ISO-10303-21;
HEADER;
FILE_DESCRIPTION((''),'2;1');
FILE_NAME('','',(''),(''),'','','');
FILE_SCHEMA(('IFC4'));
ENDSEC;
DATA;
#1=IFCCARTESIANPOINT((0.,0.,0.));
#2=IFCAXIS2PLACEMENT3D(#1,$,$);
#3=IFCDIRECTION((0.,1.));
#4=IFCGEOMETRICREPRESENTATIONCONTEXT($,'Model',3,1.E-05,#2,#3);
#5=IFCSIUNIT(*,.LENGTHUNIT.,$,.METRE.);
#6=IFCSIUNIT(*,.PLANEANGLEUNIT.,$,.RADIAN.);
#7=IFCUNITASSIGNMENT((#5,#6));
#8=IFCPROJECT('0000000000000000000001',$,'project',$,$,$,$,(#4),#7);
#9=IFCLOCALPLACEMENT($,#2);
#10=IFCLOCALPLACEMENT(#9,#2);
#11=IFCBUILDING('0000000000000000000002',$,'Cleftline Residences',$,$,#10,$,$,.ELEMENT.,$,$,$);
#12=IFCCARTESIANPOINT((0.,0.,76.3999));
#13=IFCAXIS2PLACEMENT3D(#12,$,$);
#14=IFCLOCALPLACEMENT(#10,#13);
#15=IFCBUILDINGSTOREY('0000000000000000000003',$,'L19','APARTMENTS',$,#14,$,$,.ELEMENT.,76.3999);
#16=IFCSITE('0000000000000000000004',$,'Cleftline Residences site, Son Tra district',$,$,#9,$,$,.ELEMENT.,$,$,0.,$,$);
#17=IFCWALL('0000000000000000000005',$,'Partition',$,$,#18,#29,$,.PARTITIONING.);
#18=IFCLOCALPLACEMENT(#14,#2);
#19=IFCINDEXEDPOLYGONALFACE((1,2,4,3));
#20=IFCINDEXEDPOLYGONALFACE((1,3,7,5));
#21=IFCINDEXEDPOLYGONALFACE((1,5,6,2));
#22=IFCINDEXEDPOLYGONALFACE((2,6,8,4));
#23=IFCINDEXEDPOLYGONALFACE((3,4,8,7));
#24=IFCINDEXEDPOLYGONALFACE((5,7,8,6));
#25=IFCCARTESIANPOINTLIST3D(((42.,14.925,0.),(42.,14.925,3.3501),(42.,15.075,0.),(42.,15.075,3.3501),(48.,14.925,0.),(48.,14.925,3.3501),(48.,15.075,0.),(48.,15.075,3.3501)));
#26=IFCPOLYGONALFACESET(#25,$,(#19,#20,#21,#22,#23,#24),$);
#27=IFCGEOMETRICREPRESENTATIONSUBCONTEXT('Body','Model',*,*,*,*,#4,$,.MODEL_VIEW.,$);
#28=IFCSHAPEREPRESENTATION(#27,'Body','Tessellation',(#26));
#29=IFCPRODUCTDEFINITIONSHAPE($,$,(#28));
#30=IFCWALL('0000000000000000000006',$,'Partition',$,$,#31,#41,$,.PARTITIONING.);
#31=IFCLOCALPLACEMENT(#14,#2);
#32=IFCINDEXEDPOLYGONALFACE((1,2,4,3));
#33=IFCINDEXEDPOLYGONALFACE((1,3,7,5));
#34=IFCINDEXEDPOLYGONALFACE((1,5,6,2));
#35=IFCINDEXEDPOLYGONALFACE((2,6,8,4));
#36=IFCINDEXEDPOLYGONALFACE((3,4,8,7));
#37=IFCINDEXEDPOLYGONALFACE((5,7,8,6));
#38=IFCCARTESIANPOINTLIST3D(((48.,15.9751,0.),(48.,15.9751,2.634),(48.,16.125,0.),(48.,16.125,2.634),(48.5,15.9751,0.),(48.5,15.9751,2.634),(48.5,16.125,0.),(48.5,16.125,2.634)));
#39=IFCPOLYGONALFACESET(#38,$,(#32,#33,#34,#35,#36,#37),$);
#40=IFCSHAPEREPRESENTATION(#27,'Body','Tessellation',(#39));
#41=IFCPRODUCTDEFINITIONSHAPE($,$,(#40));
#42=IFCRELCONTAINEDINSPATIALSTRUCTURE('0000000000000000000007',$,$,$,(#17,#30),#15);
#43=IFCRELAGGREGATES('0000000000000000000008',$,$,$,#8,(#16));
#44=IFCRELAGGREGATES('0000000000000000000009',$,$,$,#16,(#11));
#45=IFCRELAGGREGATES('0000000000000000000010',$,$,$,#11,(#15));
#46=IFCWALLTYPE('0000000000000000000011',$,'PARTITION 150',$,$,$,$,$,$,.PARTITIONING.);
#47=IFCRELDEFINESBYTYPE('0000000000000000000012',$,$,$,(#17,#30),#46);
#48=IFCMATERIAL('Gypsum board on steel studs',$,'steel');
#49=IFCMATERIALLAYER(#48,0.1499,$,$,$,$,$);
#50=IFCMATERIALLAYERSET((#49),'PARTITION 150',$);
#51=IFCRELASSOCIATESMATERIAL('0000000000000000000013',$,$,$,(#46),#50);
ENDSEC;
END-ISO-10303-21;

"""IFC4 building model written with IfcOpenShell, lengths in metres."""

from ifc_helpers import new_model, si_unit, direction, frame, frame_2d, origin, place, context, subcontext, project, spatial, rectangle, extrude, material, layer, layer_set, type_object, element, save


model = new_model("IFC4")

# Units and contexts
model_context = context("Model", 3, precision=1e-05, world=origin(), true_north=direction((0.0, 1.0)))
body_context = subcontext(model_context, "Body", "Model", "MODEL_VIEW")
ifc_project = project(units=[si_unit("LENGTHUNIT", "METRE"), si_unit("PLANEANGLEUNIT", "RADIAN")], contexts=[model_context])

# Site, building, storey
site_placement = place(None, origin())
site = spatial("IfcSite", under=ifc_project, at=site_placement, Name="Cleftline Residences site, Son Tra district", CompositionType="ELEMENT", RefElevation=0.0)
building_placement = place(site_placement, origin())
building = spatial("IfcBuilding", under=site, at=building_placement, Name="Cleftline Residences", CompositionType="ELEMENT")
storey_placement = place(building_placement, frame((0.0, 0.0, 76.3999)))
storey = spatial("IfcBuildingStorey", under=building, at=storey_placement, Name="L19", Description="APARTMENTS", CompositionType="ELEMENT", Elevation=76.3999)

# Walls
ifc_material_1 = material(Name="Gypsum board on steel studs", Category="steel")
ifc_layer_1 = layer(ifc_material_1, 0.1499)
ifc_layer_set_1 = layer_set([ifc_layer_1], Name="PARTITION 150")
wall_type_1 = type_object("IfcWallType", Name="PARTITION 150", PredefinedType="PARTITIONING", material=ifc_layer_set_1)
wall_1_placement = place(storey_placement, frame((42.0, 15.0, 0.0), z_axis=(0.0, 0.0, 1.0), x_axis=(1.0, 0.0, 0.0)))
element("IfcWall", 1, at=wall_1_placement, inside=storey, type_object=wall_type_1, Name="Partition", PredefinedType="PARTITIONING", context=body_context, shape_type="SweptSolid", body=[
    extrude(rectangle(XDim=6.0, YDim=0.1499, at=frame_2d((3.0, 0.0))), origin(), (0.0, 0.0, 1.0), 3.3501),
])
wall_2_placement = place(storey_placement, frame((48.0, 16.05, 0.0), z_axis=(0.0, 0.0, 1.0), x_axis=(1.0, 0.0, 0.0)))
element("IfcWall", 2, at=wall_2_placement, inside=storey, type_object=wall_type_1, Name="Partition", PredefinedType="PARTITIONING", context=body_context, shape_type="SweptSolid", body=[
    extrude(rectangle(XDim=0.5, YDim=0.1499, at=frame_2d((0.25, 0.0))), origin(), (0.0, 0.0, 1.0), 2.634),
])

save(model, "model.ifc")
